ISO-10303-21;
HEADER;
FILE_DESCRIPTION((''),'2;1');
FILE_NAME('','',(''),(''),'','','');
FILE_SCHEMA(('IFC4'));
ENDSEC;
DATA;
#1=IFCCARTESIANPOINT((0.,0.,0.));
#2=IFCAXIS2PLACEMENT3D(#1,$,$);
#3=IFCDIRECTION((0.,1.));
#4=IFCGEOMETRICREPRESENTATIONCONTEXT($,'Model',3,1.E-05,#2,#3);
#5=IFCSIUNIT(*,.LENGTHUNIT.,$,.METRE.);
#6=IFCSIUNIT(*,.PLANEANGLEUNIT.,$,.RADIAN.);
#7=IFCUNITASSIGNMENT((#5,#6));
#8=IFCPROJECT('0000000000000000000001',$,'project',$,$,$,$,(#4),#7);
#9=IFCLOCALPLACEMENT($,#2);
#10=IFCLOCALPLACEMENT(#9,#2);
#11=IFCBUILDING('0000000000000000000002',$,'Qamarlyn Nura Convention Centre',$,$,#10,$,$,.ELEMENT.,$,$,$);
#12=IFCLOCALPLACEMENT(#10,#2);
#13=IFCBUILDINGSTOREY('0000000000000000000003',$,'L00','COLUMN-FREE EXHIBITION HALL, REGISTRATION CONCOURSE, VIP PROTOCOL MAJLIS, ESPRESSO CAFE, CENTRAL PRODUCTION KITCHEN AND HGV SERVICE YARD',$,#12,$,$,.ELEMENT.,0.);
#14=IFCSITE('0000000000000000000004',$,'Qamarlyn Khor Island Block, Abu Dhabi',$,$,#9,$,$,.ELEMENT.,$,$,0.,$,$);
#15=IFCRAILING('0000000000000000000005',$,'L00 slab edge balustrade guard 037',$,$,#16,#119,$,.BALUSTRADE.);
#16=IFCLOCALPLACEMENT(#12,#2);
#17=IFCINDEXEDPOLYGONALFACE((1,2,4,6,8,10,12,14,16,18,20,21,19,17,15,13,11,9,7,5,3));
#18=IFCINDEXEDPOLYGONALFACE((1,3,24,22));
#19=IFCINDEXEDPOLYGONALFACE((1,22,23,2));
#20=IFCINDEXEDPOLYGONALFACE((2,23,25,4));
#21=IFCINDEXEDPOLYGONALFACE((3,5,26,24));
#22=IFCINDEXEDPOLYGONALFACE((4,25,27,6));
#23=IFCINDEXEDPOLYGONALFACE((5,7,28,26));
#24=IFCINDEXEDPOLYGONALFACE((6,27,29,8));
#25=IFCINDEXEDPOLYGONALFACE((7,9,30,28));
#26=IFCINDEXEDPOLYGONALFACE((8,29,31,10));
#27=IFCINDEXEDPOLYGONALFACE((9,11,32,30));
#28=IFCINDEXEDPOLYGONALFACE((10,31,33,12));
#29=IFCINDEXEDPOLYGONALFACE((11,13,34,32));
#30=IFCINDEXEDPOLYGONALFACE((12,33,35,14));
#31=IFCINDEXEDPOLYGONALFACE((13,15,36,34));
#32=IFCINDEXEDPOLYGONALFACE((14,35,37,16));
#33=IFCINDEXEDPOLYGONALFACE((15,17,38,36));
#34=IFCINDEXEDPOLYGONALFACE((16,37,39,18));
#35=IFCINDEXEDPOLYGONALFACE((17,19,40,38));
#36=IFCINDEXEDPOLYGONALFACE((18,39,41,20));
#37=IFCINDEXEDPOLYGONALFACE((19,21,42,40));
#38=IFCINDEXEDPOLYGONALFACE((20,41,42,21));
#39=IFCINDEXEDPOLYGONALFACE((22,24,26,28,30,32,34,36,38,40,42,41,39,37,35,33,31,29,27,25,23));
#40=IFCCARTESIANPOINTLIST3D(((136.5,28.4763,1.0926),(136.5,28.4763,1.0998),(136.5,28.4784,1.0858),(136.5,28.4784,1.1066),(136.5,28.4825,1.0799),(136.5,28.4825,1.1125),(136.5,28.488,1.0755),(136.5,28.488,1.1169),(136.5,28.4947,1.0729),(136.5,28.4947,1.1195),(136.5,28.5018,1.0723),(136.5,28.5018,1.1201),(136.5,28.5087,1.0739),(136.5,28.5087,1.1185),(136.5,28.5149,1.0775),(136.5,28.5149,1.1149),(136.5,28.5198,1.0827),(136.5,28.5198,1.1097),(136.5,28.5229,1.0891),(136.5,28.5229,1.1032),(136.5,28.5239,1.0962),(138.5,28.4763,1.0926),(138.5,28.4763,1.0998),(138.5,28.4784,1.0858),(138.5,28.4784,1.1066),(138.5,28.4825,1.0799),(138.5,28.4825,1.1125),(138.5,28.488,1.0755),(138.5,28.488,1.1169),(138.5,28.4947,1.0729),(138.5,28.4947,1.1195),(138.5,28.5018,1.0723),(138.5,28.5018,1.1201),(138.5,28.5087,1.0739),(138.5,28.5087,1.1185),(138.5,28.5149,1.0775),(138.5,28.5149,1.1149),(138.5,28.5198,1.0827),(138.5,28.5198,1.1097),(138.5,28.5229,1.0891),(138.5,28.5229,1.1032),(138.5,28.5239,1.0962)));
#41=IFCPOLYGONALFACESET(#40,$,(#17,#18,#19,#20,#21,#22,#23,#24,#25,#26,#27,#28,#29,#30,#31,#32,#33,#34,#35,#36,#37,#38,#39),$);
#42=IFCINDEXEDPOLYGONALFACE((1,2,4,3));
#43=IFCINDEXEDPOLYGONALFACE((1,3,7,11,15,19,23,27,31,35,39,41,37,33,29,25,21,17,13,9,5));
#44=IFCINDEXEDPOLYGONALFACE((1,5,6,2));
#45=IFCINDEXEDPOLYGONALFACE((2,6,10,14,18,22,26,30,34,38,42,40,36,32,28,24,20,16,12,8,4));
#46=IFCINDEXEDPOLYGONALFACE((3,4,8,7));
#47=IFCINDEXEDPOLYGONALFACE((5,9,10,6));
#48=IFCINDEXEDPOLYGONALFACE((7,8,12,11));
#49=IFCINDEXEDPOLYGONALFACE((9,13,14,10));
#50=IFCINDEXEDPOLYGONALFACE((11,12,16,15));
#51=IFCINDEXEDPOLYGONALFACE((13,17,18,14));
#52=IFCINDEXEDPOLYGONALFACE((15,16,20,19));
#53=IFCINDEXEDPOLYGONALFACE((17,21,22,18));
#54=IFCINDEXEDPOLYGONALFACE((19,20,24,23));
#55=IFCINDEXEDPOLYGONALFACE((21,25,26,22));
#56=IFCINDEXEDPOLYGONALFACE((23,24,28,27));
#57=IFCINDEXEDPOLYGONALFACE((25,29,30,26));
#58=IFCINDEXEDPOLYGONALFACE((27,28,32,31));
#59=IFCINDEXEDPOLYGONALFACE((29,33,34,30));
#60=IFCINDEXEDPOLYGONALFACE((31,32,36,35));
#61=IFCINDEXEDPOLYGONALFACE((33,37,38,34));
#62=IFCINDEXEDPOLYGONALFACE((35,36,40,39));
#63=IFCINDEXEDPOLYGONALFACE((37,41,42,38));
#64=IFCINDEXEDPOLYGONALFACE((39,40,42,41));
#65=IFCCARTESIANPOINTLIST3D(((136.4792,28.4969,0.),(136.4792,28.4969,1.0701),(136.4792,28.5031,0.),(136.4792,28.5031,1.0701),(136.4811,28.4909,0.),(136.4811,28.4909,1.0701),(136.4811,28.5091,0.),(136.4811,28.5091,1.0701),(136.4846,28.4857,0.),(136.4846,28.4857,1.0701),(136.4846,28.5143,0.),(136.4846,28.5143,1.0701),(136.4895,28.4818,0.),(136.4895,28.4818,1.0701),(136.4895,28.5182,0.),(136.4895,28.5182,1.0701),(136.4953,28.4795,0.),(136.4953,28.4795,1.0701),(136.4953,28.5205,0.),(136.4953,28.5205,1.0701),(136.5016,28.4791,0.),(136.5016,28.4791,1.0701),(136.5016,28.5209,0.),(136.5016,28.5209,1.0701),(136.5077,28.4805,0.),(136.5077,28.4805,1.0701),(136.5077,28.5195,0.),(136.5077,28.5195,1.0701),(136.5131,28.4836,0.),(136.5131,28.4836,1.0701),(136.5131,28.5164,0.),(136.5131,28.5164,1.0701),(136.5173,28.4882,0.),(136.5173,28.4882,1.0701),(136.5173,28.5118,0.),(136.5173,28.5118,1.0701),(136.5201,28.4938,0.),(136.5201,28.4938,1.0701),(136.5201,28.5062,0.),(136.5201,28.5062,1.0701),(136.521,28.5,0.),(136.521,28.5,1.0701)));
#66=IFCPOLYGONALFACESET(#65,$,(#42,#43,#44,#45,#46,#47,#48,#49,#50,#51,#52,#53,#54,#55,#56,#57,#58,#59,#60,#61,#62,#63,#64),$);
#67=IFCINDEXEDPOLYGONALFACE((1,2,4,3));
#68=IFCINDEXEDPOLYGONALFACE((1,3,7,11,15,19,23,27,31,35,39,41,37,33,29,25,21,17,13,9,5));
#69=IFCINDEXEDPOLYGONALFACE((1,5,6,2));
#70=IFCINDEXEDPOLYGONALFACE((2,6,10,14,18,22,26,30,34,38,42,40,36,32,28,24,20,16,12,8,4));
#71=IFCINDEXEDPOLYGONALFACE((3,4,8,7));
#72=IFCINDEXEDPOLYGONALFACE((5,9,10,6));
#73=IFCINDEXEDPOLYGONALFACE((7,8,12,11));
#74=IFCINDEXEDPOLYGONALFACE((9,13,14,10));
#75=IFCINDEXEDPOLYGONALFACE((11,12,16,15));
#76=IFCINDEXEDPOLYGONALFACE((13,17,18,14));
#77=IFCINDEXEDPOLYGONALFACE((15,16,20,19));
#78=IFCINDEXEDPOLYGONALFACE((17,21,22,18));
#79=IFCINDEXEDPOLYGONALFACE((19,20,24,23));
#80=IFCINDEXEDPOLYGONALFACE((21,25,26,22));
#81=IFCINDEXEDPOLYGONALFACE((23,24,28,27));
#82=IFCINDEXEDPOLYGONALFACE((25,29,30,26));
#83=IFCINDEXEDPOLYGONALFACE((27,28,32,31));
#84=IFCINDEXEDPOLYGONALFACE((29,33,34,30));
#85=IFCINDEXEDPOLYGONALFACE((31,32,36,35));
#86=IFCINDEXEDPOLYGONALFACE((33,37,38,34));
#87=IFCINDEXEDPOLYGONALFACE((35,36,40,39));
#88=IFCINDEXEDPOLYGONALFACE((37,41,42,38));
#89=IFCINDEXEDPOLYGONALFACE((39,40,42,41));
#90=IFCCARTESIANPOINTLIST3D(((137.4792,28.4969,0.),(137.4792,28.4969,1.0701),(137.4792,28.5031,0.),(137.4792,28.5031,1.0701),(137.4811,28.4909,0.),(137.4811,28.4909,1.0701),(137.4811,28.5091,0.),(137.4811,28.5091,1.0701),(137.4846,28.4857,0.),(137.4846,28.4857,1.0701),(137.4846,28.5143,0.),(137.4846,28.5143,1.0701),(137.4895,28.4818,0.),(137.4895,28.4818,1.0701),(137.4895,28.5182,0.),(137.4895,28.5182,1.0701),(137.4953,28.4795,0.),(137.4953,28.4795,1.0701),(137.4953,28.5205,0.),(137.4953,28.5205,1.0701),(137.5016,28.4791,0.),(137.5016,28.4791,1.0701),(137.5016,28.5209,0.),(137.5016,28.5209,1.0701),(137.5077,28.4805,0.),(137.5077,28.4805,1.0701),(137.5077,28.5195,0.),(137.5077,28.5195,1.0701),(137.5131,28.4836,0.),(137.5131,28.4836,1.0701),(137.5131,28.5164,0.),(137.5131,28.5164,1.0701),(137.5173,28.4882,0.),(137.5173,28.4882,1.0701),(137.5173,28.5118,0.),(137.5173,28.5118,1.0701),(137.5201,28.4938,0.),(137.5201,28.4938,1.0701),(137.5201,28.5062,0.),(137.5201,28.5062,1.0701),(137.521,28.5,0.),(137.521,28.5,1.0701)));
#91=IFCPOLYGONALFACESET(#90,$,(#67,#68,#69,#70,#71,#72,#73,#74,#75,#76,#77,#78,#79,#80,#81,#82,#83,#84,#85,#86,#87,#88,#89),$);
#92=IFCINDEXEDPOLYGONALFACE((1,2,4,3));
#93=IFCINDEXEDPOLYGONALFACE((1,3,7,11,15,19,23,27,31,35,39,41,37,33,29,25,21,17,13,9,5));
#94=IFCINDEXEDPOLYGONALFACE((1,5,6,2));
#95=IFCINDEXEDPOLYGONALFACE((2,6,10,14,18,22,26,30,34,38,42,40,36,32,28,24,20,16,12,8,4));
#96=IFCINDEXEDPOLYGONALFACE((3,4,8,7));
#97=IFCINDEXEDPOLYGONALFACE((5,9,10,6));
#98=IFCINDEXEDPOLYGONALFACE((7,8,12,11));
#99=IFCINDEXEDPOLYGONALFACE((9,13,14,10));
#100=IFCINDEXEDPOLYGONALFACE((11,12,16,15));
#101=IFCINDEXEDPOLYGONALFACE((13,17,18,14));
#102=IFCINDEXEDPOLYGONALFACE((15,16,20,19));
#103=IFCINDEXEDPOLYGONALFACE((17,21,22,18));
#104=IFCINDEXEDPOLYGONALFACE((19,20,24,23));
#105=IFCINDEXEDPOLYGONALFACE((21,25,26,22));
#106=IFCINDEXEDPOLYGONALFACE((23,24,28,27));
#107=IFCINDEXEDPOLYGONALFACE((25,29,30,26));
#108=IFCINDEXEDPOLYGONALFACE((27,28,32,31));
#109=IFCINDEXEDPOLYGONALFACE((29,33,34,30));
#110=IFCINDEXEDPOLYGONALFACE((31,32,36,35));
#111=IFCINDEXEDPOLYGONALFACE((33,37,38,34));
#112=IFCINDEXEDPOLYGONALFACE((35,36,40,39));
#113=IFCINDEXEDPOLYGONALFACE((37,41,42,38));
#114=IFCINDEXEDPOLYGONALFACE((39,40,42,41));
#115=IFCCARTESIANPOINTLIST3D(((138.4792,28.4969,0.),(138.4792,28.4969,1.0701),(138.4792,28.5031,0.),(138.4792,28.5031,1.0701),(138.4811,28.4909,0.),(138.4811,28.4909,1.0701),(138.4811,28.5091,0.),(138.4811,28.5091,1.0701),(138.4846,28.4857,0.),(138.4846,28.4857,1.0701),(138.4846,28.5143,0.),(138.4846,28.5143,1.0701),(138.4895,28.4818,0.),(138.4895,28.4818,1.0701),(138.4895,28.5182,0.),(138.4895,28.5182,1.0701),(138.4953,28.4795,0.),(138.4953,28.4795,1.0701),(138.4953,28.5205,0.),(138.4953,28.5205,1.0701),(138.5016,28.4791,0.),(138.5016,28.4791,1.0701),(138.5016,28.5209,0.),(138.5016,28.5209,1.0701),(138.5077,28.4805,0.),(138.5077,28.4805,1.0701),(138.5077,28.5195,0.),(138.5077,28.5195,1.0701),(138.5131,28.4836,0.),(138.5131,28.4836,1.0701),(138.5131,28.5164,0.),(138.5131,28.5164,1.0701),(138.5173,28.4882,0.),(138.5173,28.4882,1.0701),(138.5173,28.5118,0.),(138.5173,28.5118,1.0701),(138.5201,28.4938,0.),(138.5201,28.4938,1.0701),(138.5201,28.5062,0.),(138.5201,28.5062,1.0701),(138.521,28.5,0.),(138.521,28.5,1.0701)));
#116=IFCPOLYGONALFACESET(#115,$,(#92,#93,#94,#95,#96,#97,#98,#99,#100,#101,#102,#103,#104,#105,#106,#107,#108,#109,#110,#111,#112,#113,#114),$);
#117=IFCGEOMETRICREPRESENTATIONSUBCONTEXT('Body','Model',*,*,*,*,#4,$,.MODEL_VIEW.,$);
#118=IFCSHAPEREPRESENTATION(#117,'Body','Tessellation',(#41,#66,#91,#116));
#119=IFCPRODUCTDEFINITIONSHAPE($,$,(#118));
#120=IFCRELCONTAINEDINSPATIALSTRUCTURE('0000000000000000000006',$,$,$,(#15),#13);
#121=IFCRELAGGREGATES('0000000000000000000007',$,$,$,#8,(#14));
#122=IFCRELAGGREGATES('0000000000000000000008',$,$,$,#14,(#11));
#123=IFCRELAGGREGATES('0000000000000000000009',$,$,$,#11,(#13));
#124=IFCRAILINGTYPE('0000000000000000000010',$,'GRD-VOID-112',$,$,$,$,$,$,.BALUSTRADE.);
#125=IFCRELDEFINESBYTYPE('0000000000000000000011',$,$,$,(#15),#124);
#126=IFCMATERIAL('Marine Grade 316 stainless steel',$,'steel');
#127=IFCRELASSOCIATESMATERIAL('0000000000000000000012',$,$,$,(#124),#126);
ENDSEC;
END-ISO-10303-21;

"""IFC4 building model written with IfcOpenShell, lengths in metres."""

from ifc_helpers import new_model, si_unit, direction, frame, origin, origin_2d, place, context, subcontext, project, spatial, circle, extrude, material, type_object, element, save


model = new_model("IFC4")

# Units and contexts
model_context = context("Model", 3, precision=1e-05, world=origin(), true_north=direction((0.0, 1.0)))
body_context = subcontext(model_context, "Body", "Model", "MODEL_VIEW")
ifc_project = project(units=[si_unit("LENGTHUNIT", "METRE"), si_unit("PLANEANGLEUNIT", "RADIAN")], contexts=[model_context])

# Site, building, storey
site_placement = place(None, origin())
site = spatial("IfcSite", under=ifc_project, at=site_placement, Name="Qamarlyn Khor Island Block, Abu Dhabi", CompositionType="ELEMENT", RefElevation=0.0)
building_placement = place(site_placement, origin())
building = spatial("IfcBuilding", under=site, at=building_placement, Name="Qamarlyn Nura Convention Centre", CompositionType="ELEMENT")
storey_placement = place(building_placement, origin())
storey = spatial("IfcBuildingStorey", under=building, at=storey_placement, Name="L00", Description="COLUMN-FREE EXHIBITION HALL, REGISTRATION CONCOURSE, VIP PROTOCOL MAJLIS, ESPRESSO CAFE, CENTRAL PRODUCTION KITCHEN AND HGV SERVICE YARD", CompositionType="ELEMENT", Elevation=0.0)

# Railing
ifc_material_1 = material(Name="Marine Grade 316 stainless steel", Category="steel")
railing_type = type_object("IfcRailingType", Name="GRD-VOID-112", PredefinedType="BALUSTRADE", material=ifc_material_1)
railing_1_placement = place(storey_placement, frame((136.5, 28.5, 0.0)))
element("IfcRailing", 1, at=railing_1_placement, inside=storey, type_object=railing_type, Name="L00 slab edge balustrade guard 037", PredefinedType="BALUSTRADE", context=body_context, shape_type="SweptSolid", body=[
    extrude(circle(Radius=0.0239, at=origin_2d()), frame((0.0, 0.0, 1.0962), z_axis=(1.0, 0.0, 0.0), x_axis=(0.0, 1.0, 0.0)), (0.0, 0.0, 1.0), 2.0),
    extrude(circle(Radius=0.021, at=origin_2d()), origin(), (0.0, 0.0, 1.0), 1.0701),
    extrude(circle(Radius=0.021, at=origin_2d()), frame((1.0, 0.0, 0.0)), (0.0, 0.0, 1.0), 1.0701),
    extrude(circle(Radius=0.021, at=origin_2d()), frame((2.0, 0.0, 0.0)), (0.0, 0.0, 1.0), 1.0701),
])

save(model, "model.ifc")
